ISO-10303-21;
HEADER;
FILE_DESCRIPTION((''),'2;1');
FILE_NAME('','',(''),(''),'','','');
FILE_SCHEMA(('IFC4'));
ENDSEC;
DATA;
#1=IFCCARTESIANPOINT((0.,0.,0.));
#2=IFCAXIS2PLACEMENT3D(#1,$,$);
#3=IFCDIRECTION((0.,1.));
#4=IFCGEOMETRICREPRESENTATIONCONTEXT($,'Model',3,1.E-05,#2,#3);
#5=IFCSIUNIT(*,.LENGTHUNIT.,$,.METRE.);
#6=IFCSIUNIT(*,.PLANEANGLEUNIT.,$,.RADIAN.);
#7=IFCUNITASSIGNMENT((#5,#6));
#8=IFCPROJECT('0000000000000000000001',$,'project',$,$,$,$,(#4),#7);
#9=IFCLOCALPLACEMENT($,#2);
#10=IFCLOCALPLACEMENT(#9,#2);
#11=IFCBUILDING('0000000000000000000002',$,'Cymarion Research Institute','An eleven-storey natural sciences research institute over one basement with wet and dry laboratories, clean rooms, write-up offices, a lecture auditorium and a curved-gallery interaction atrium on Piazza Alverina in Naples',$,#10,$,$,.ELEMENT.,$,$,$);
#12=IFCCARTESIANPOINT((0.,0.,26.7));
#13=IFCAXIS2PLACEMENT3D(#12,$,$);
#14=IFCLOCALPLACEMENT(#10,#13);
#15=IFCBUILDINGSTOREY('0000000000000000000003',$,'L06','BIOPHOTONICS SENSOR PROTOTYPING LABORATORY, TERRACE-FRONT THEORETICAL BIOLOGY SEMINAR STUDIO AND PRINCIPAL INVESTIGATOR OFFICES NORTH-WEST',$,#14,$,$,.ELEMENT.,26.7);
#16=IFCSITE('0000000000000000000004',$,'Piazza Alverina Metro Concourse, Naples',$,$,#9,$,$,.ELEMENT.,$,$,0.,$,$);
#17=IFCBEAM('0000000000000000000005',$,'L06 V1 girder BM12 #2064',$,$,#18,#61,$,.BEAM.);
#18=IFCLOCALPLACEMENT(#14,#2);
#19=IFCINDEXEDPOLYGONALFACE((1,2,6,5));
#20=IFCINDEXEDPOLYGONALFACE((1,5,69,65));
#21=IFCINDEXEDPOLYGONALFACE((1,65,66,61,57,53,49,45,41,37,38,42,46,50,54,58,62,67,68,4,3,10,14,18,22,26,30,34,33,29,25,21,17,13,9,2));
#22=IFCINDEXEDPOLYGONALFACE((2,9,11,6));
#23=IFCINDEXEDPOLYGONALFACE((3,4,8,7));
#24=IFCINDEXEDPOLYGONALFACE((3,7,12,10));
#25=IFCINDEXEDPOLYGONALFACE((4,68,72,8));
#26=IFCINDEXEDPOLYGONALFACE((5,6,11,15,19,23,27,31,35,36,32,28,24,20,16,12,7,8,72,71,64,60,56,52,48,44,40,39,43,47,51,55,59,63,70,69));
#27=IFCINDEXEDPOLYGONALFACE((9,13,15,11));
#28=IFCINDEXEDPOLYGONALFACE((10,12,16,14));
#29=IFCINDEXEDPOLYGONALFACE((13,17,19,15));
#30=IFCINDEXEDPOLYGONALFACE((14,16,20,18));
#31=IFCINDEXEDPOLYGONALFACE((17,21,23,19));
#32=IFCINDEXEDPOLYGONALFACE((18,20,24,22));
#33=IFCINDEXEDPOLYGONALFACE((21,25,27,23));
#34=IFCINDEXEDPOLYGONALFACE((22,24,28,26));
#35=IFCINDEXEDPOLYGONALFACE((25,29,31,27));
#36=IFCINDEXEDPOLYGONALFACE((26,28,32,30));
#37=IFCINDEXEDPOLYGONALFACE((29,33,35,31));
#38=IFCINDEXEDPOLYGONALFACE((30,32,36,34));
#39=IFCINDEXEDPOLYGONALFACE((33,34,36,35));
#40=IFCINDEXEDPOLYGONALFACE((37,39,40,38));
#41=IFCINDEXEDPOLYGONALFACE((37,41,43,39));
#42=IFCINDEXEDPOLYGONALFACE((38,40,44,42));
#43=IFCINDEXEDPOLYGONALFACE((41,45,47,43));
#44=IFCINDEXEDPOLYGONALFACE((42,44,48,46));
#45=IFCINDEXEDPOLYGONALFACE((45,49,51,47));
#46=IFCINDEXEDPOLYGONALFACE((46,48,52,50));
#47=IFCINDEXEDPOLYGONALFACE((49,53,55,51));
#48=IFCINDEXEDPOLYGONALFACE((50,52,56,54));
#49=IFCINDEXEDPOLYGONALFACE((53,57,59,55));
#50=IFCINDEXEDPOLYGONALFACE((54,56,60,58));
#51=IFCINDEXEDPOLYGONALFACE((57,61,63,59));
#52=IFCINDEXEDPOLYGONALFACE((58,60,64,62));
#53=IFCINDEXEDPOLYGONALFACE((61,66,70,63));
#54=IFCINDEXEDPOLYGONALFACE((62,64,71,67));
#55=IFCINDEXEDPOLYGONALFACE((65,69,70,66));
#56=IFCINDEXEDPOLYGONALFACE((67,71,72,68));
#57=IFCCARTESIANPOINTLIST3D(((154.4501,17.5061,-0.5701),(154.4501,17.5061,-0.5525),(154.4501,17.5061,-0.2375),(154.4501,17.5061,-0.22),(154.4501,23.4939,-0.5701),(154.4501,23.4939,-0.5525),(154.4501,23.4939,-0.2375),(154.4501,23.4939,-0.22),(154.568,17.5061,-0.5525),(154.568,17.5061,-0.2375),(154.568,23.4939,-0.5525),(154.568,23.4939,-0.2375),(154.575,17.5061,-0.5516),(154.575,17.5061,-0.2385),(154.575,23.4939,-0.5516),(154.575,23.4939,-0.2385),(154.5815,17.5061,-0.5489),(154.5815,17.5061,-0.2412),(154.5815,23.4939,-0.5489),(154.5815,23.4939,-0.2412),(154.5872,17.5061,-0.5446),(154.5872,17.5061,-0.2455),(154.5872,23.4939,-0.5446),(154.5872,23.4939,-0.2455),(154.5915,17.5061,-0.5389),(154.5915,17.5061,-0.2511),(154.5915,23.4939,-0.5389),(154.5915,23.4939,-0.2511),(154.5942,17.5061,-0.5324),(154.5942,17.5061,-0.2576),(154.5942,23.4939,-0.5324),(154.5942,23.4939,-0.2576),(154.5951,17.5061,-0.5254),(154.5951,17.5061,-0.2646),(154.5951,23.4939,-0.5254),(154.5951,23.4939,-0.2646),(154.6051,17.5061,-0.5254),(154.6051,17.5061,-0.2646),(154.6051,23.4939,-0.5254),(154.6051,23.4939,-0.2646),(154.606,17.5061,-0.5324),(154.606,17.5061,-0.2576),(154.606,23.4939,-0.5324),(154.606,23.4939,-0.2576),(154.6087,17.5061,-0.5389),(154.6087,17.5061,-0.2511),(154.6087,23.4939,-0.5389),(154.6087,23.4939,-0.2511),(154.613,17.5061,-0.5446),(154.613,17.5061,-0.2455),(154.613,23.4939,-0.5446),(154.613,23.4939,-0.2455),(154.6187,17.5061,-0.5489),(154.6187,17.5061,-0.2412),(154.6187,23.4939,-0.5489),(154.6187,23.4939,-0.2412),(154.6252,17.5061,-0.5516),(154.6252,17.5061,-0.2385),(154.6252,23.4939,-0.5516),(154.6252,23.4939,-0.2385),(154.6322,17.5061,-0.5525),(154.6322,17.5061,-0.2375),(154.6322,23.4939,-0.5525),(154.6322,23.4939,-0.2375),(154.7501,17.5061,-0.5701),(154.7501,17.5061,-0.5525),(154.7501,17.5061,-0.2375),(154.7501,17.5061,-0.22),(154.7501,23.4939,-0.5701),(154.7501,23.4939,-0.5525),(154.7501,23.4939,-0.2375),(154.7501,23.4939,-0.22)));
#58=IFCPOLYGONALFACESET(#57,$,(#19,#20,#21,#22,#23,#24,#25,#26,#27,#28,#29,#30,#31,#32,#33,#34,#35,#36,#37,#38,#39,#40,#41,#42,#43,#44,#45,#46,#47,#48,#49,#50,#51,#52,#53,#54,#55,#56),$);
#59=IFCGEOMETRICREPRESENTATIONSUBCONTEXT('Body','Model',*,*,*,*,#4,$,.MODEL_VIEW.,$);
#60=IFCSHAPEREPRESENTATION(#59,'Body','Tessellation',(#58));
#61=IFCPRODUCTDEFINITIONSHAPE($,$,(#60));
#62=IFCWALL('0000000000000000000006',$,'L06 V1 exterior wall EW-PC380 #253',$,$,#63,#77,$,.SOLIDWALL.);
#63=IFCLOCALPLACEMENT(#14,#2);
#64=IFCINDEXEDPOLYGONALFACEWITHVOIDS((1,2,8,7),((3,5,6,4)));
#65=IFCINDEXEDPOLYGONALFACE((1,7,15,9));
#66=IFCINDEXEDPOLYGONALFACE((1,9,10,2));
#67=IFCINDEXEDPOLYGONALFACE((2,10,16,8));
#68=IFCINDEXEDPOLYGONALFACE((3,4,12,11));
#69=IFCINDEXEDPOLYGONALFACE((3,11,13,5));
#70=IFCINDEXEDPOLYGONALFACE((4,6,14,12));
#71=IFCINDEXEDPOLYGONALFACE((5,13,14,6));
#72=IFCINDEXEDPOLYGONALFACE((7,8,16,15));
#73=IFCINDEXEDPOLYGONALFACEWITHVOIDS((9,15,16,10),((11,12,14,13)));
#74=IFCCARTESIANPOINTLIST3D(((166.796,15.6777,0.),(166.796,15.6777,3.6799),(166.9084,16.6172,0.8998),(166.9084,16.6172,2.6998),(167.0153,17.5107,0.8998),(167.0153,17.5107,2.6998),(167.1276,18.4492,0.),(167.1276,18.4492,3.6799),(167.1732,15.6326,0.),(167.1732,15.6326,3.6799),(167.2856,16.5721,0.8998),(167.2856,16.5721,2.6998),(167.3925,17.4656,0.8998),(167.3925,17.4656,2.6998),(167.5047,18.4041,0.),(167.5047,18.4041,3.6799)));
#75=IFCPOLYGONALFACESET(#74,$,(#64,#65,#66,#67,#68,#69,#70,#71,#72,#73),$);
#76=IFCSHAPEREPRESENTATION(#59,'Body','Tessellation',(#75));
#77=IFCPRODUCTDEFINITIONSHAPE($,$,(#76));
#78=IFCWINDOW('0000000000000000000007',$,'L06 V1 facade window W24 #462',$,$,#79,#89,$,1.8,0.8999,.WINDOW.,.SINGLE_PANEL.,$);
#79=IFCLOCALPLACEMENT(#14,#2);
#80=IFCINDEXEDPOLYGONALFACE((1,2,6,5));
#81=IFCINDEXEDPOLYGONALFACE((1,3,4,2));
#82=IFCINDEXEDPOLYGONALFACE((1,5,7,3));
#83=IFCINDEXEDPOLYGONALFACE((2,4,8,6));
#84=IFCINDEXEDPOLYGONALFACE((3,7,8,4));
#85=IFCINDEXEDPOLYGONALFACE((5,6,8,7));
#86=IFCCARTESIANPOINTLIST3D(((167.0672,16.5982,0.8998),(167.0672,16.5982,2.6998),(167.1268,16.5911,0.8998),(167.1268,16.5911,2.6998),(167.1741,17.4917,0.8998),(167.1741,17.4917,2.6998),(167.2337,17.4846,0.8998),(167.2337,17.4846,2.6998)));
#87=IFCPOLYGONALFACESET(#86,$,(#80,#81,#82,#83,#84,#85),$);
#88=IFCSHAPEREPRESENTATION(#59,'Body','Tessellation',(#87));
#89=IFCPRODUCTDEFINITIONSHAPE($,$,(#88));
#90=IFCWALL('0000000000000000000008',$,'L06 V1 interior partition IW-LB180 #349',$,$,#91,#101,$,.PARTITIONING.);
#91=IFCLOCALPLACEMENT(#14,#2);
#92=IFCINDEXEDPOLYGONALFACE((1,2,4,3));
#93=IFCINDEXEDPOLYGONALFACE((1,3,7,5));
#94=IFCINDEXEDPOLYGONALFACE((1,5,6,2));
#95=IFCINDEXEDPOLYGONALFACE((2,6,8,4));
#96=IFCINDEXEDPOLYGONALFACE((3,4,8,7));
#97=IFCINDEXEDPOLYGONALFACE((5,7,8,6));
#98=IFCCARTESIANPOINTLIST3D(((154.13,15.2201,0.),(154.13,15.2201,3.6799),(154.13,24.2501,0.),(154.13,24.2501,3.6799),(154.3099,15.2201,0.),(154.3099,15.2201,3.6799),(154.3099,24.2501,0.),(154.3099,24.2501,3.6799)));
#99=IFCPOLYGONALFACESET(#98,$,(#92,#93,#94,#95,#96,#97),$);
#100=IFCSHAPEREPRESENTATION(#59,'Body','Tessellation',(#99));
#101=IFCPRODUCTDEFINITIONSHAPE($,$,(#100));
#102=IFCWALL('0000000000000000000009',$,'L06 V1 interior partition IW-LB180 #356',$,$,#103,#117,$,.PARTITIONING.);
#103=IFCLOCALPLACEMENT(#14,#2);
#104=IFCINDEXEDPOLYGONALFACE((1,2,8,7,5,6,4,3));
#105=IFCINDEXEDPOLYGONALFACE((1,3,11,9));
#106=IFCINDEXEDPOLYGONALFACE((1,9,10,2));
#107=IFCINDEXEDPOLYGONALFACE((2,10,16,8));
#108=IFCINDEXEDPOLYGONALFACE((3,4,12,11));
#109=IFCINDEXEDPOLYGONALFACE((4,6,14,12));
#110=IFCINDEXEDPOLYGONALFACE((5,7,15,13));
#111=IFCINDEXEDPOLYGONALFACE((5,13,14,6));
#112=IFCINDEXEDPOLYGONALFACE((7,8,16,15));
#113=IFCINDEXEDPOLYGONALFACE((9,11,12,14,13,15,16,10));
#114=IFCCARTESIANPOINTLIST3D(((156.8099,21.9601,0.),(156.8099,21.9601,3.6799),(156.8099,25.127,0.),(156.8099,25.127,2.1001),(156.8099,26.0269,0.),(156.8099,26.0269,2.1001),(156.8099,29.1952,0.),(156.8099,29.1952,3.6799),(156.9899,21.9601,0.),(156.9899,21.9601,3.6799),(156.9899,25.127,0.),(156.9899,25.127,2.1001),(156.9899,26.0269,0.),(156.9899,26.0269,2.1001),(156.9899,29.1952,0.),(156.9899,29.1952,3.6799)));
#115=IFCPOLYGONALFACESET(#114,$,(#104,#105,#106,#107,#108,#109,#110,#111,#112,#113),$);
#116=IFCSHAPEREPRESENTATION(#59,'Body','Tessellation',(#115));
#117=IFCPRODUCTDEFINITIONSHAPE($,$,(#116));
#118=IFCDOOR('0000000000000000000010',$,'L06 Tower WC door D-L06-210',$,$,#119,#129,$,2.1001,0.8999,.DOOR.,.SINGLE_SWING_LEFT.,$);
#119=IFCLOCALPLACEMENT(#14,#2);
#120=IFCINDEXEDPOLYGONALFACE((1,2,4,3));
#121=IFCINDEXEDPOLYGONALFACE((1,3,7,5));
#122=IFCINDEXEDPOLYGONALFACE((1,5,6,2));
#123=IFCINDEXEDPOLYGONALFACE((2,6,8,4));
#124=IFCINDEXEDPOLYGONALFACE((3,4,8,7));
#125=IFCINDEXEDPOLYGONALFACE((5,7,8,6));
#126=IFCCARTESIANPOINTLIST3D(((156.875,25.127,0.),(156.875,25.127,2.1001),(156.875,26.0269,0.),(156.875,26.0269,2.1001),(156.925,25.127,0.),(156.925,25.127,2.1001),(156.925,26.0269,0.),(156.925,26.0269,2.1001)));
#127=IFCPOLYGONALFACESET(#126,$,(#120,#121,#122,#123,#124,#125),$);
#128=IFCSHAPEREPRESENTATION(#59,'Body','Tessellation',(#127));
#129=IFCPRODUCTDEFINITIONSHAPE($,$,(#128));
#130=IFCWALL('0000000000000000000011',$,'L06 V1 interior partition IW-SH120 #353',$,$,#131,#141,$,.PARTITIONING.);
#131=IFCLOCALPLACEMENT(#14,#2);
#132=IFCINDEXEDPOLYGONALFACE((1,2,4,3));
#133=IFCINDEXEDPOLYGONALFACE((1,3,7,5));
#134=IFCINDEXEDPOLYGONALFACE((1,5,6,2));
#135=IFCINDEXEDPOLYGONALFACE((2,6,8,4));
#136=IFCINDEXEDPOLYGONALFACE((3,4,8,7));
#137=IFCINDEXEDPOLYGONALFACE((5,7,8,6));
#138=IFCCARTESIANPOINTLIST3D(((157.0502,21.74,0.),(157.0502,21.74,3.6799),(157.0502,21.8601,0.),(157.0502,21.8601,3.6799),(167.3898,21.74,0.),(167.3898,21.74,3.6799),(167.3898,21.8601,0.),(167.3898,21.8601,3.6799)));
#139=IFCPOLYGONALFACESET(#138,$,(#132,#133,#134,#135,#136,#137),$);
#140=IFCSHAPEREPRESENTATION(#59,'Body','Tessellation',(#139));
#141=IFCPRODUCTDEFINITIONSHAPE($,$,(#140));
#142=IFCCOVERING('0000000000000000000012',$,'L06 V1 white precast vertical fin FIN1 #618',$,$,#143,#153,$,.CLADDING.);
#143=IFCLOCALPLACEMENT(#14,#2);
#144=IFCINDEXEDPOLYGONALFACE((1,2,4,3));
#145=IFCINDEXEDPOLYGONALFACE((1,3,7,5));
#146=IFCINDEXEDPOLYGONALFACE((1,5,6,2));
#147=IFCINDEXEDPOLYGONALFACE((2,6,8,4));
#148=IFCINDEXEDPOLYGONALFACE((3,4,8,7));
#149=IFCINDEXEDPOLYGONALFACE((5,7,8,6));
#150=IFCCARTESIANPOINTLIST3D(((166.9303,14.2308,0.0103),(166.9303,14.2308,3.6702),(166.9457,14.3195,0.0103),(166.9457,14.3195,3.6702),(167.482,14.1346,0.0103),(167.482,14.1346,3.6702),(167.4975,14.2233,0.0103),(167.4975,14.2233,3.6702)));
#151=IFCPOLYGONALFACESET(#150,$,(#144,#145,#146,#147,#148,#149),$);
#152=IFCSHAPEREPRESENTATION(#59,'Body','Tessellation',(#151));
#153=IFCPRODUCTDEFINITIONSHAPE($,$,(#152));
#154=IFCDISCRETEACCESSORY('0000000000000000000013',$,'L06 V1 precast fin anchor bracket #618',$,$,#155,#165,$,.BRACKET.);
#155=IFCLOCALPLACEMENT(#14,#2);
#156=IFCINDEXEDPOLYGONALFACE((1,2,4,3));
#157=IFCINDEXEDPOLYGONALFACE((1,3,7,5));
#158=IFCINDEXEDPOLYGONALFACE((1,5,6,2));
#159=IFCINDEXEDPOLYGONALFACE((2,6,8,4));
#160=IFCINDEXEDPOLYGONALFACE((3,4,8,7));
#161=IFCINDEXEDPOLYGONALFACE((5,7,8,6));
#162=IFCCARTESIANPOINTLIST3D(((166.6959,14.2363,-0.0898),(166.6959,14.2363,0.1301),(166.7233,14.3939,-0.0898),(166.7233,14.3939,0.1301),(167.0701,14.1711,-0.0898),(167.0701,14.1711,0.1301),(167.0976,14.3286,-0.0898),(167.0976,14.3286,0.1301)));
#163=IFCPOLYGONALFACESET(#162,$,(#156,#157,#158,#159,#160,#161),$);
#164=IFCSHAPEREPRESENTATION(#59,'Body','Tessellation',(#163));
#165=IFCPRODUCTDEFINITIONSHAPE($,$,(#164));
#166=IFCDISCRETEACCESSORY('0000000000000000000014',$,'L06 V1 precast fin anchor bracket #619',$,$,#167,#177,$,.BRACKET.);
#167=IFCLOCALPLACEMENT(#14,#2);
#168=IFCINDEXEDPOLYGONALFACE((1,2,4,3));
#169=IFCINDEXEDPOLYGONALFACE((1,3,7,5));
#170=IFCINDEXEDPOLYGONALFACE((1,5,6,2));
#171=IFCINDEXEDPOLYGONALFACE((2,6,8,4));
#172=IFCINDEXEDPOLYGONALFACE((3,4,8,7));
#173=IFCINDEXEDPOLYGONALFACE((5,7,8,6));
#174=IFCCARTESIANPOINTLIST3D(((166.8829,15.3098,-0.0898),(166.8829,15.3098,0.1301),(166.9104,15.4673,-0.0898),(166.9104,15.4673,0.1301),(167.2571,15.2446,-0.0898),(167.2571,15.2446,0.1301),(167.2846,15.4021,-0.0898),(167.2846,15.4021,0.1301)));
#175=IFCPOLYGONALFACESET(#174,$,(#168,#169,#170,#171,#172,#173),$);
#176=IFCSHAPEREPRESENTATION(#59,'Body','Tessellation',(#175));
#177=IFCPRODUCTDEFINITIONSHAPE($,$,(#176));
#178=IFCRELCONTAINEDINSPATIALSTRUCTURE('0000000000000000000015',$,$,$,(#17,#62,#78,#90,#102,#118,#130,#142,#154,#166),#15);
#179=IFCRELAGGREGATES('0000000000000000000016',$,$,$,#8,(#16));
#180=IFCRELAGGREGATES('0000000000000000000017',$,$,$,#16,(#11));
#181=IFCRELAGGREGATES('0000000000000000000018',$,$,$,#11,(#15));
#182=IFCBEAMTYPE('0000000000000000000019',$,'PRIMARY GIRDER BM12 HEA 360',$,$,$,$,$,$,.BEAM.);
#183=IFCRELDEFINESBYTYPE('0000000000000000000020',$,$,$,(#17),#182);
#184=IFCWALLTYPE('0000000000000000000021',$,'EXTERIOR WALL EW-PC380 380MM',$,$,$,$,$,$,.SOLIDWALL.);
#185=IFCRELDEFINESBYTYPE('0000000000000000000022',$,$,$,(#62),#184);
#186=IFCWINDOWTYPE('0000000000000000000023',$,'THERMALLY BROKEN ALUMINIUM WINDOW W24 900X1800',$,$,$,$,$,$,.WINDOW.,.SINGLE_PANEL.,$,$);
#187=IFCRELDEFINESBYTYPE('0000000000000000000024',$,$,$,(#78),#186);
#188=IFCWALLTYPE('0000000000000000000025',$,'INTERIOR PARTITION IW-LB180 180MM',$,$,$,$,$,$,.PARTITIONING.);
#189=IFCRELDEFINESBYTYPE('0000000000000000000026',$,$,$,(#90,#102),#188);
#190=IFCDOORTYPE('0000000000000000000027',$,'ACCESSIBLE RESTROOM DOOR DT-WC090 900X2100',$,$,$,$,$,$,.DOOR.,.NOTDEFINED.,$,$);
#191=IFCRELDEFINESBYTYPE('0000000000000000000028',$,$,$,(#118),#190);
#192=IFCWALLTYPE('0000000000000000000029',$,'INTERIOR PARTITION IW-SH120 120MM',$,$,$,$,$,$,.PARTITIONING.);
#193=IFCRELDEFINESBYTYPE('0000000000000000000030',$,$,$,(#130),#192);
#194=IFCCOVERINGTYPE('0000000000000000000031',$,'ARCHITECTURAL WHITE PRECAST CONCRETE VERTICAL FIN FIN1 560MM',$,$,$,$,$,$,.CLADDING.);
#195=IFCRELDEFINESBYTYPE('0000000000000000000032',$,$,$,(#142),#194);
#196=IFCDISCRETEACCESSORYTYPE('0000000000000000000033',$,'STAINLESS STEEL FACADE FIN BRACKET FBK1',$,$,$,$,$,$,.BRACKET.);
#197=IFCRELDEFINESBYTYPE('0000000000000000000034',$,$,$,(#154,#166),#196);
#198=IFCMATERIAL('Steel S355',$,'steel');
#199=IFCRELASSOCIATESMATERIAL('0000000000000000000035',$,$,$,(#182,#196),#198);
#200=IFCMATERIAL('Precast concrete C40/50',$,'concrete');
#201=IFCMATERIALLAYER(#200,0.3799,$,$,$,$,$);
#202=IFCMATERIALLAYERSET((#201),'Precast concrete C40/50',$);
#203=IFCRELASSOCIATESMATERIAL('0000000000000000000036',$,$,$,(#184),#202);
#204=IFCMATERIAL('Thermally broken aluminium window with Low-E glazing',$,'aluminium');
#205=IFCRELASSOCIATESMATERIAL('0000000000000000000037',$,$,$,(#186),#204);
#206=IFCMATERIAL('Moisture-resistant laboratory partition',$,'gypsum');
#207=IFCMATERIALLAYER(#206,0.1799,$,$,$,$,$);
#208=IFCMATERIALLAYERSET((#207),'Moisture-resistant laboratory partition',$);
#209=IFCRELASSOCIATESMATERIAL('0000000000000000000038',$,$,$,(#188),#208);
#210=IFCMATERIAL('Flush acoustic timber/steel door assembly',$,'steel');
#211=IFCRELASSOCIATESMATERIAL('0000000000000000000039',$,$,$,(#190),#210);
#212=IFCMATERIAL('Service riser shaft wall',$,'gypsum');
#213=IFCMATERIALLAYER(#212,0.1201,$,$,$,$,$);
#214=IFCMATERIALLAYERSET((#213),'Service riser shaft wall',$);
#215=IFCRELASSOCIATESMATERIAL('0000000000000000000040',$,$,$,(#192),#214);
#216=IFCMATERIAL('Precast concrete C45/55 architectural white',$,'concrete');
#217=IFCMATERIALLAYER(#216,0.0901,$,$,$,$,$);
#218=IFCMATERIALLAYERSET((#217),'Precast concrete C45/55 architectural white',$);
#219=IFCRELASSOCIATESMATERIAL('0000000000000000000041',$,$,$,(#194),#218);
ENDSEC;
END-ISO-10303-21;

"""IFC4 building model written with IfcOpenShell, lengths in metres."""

from ifc_helpers import new_model, si_unit, direction, frame, frame_2d, origin, origin_2d, place, context, subcontext, project, spatial, rectangle, i_section, extrude, material, layer, layer_set, material_profile, profile_set, type_object, element, fill, save


model = new_model("IFC4")

# Units and contexts
model_context = context("Model", 3, precision=1e-05, world=origin(), true_north=direction((0.0, 1.0)))
body_context = subcontext(model_context, "Body", "Model", "MODEL_VIEW")
ifc_project = project(units=[si_unit("LENGTHUNIT", "METRE"), si_unit("PLANEANGLEUNIT", "RADIAN")], contexts=[model_context])

# Site, building, storey
site_placement = place(None, origin())
site = spatial("IfcSite", under=ifc_project, at=site_placement, Name="Piazza Alverina Metro Concourse, Naples", CompositionType="ELEMENT", RefElevation=0.0)
building_placement = place(site_placement, origin())
building = spatial("IfcBuilding", under=site, at=building_placement, Name="Cymarion Research Institute", Description="An eleven-storey natural sciences research institute over one basement with wet and dry laboratories, clean rooms, write-up offices, a lecture auditorium and a curved-gallery interaction atrium on Piazza Alverina in Naples", CompositionType="ELEMENT")
storey_placement = place(building_placement, frame((0.0, 0.0, 26.7)))
storey = spatial("IfcBuildingStorey", under=building, at=storey_placement, Name="L06", Description="BIOPHOTONICS SENSOR PROTOTYPING LABORATORY, TERRACE-FRONT THEORETICAL BIOLOGY SEMINAR STUDIO AND PRINCIPAL INVESTIGATOR OFFICES NORTH-WEST", CompositionType="ELEMENT", Elevation=26.7)

# Shared definitions
ifc_material_1 = material(Name="Steel S355", Category="steel")

# Beam
ifc_material_profile_1 = material_profile(ifc_material_1, i_section(OverallWidth=0.3, OverallDepth=0.3501, WebThickness=0.01, FlangeThickness=0.0176, FilletRadius=0.0271, at=origin_2d()), Name="HEA 360")
ifc_profile_set_1 = profile_set([ifc_material_profile_1], Name="Steel S355")
beam_type_1 = type_object("IfcBeamType", Name="PRIMARY GIRDER BM12 HEA 360", PredefinedType="BEAM", material=ifc_profile_set_1)
beam_1_placement = place(storey_placement, frame((154.6001, 17.5061, -0.395), z_axis=(0.0, 1.0, 0.0), x_axis=(-1.0, 0.0, 0.0)))
element("IfcBeam", 1, at=beam_1_placement, inside=storey, type_object=beam_type_1, Name="L06 V1 girder BM12 #2064", PredefinedType="BEAM", context=body_context, shape_type="SweptSolid", body=[
    extrude(i_section(OverallWidth=0.3, OverallDepth=0.3501, WebThickness=0.01, FlangeThickness=0.0176, FilletRadius=0.0271, at=origin_2d()), origin(), (0.0, 0.0, 1.0), 5.9878),
])

# Wall, opening, window
ifc_material_2 = material(Name="Precast concrete C40/50", Category="concrete")
ifc_layer_1 = layer(ifc_material_2, 0.3799)
ifc_layer_set_1 = layer_set([ifc_layer_1], Name="Precast concrete C40/50")
wall_type_1 = type_object("IfcWallType", Name="EXTERIOR WALL EW-PC380 380MM", PredefinedType="SOLIDWALL", material=ifc_layer_set_1)
wall_1_placement = place(storey_placement, frame((166.9846, 15.6553, 0.0), z_axis=(0.0, 0.0, 1.0), x_axis=(0.11878, 0.992921, 0.0)))
wall_1 = element("IfcWall", 2, at=wall_1_placement, inside=storey, type_object=wall_type_1, Name="L06 V1 exterior wall EW-PC380 #253", PredefinedType="SOLIDWALL", context=body_context, shape_type="SweptSolid", body=[
    extrude(rectangle(XDim=2.7913, YDim=0.3799, at=frame_2d((1.3955, 0.0))), origin(), (0.0, 0.0, 1.0), 3.6799),
])
opening_1_placement = place(wall_1_placement, frame((0.946, 0.0, 0.8999)))
opening_1 = element("IfcOpeningElement", 3, at=opening_1_placement, cuts=wall_1, PredefinedType="OPENING", context=body_context, shape_type="SweptSolid", body=[
    extrude(rectangle(XDim=0.8999, YDim=1.8, at=frame_2d((0.45, 0.8999))), frame((0.0, 0.2, 0.0), z_axis=(0.0, -1.0, 0.0), x_axis=(1.0, 0.0, 0.0)), (0.0, 0.0, 1.0), 0.3999),
])
ifc_material_3 = material(Name="Thermally broken aluminium window with Low-E glazing", Category="aluminium")
window_type = type_object("IfcWindowType", Name="THERMALLY BROKEN ALUMINIUM WINDOW W24 900X1800", PartitioningType="SINGLE_PANEL", PredefinedType="WINDOW", material=ifc_material_3)
window_placement = place(opening_1_placement, origin())
window = element("IfcWindow", 4, at=window_placement, inside=storey, type_object=window_type, Name="L06 V1 facade window W24 #462", OverallHeight=1.8, OverallWidth=0.8999, PartitioningType="SINGLE_PANEL", PredefinedType="WINDOW", context=body_context, shape_type="SweptSolid", body=[
    extrude(rectangle(XDim=0.8999, YDim=1.8, at=frame_2d((0.45, 0.8999))), frame((0.0, 0.03, 0.0), z_axis=(0.0, -1.0, 0.0), x_axis=(1.0, 0.0, 0.0)), (0.0, 0.0, 1.0), 0.0601),
])
fill(opening_1, window)

# Wall
ifc_material_4 = material(Name="Moisture-resistant laboratory partition", Category="gypsum")
ifc_layer_2 = layer(ifc_material_4, 0.1799)
ifc_layer_set_2 = layer_set([ifc_layer_2], Name="Moisture-resistant laboratory partition")
wall_type_2 = type_object("IfcWallType", Name="INTERIOR PARTITION IW-LB180 180MM", PredefinedType="PARTITIONING", material=ifc_layer_set_2)
wall_2_placement = place(storey_placement, frame((154.22, 15.22, 0.0), z_axis=(0.0, 0.0, 1.0), x_axis=(0.0, 1.0, 0.0)))
element("IfcWall", 5, at=wall_2_placement, inside=storey, type_object=wall_type_2, Name="L06 V1 interior partition IW-LB180 #349", PredefinedType="PARTITIONING", context=body_context, shape_type="SweptSolid", body=[
    extrude(rectangle(XDim=9.03, YDim=0.1799, at=frame_2d((4.5151, 0.0))), origin(), (0.0, 0.0, 1.0), 3.6799),
])

# Wall, opening, door
wall_3_placement = place(storey_placement, frame((156.8999, 21.96, 0.0), z_axis=(0.0, 0.0, 1.0), x_axis=(0.0, 1.0, 0.0)))
wall_3 = element("IfcWall", 6, at=wall_3_placement, inside=storey, type_object=wall_type_2, Name="L06 V1 interior partition IW-LB180 #356", PredefinedType="PARTITIONING", context=body_context, shape_type="SweptSolid", body=[
    extrude(rectangle(XDim=7.2351, YDim=0.1799, at=frame_2d((3.6177, 0.0))), origin(), (0.0, 0.0, 1.0), 3.6799),
])
opening_2_placement = place(wall_3_placement, frame((3.167, 0.0, 0.0)))
opening_2 = element("IfcOpeningElement", 7, at=opening_2_placement, cuts=wall_3, PredefinedType="OPENING", context=body_context, shape_type="SweptSolid", body=[
    extrude(rectangle(XDim=0.8999, YDim=2.1001, at=frame_2d((0.45, 1.05))), frame((0.0, 0.0999, 0.0), z_axis=(0.0, -1.0, 0.0), x_axis=(1.0, 0.0, 0.0)), (0.0, 0.0, 1.0), 0.2),
])
ifc_material_5 = material(Name="Flush acoustic timber/steel door assembly", Category="steel")
door_type = type_object("IfcDoorType", Name="ACCESSIBLE RESTROOM DOOR DT-WC090 900X2100", OperationType="NOTDEFINED", PredefinedType="DOOR", material=ifc_material_5)
door_placement = place(opening_2_placement, origin())
door = element("IfcDoor", 8, at=door_placement, inside=storey, type_object=door_type, Name="L06 Tower WC door D-L06-210", OperationType="SINGLE_SWING_LEFT", OverallHeight=2.1001, OverallWidth=0.8999, PredefinedType="DOOR", context=body_context, shape_type="SweptSolid", body=[
    extrude(rectangle(XDim=0.8999, YDim=2.1001, at=frame_2d((0.45, 1.05))), frame((0.0, 0.0249, 0.0), z_axis=(0.0, -1.0, 0.0), x_axis=(1.0, 0.0, 0.0)), (0.0, 0.0, 1.0), 0.05),
])
fill(opening_2, door)

# Wall
ifc_material_6 = material(Name="Service riser shaft wall", Category="gypsum")
ifc_layer_3 = layer(ifc_material_6, 0.1201)
ifc_layer_set_3 = layer_set([ifc_layer_3], Name="Service riser shaft wall")
wall_type_3 = type_object("IfcWallType", Name="INTERIOR PARTITION IW-SH120 120MM", PredefinedType="PARTITIONING", material=ifc_layer_set_3)
wall_4_placement = place(storey_placement, frame((157.05, 21.8, 0.0), z_axis=(0.0, 0.0, 1.0), x_axis=(1.0, 0.0, 0.0)))
element("IfcWall", 9, at=wall_4_placement, inside=storey, type_object=wall_type_3, Name="L06 V1 interior partition IW-SH120 #353", PredefinedType="PARTITIONING", context=body_context, shape_type="SweptSolid", body=[
    extrude(rectangle(XDim=10.3396, YDim=0.1201, at=frame_2d((5.1699, 0.0))), origin(), (0.0, 0.0, 1.0), 3.6799),
])

# Covering
ifc_material_7 = material(Name="Precast concrete C45/55 architectural white", Category="concrete")
ifc_layer_4 = layer(ifc_material_7, 0.0901)
ifc_layer_set_4 = layer_set([ifc_layer_4], Name="Precast concrete C45/55 architectural white")
covering_type = type_object("IfcCoveringType", Name="ARCHITECTURAL WHITE PRECAST CONCRETE VERTICAL FIN FIN1 560MM", PredefinedType="CLADDING", material=ifc_layer_set_4)
covering_placement = place(storey_placement, frame((167.2139, 14.2271, 0.0103), z_axis=(0.0, 0.0, 1.0), x_axis=(0.985139, -0.171757, 0.0)))
element("IfcCovering", 10, at=covering_placement, inside=storey, type_object=covering_type, Name="L06 V1 white precast vertical fin FIN1 #618", PredefinedType="CLADDING", context=body_context, shape_type="SweptSolid", body=[
    extrude(rectangle(XDim=0.5601, YDim=0.0901, at=origin_2d()), origin(), (0.0, 0.0, 1.0), 3.6599),
])

# Discrete accessories
discrete_accessory_type = type_object("IfcDiscreteAccessoryType", Name="STAINLESS STEEL FACADE FIN BRACKET FBK1", PredefinedType="BRACKET", material=ifc_material_1)
for number, where, z_axis, x_axis, name in (
    (11, (166.8967, 14.2825, -0.0898), (0.0, 0.0, 1.0), (0.985139, -0.171757, 0.0), "L06 V1 precast fin anchor bracket #618"),
    (12, (167.0837, 15.356, -0.0898), (0.0, 0.0, 1.0), (0.985139, -0.171757, 0.0), "L06 V1 precast fin anchor bracket #619"),
):
    element("IfcDiscreteAccessory", number, at=place(storey_placement, frame(where, z_axis=z_axis, x_axis=x_axis)), inside=storey, type_object=discrete_accessory_type, Name=name, PredefinedType="BRACKET", context=body_context, shape_type="SweptSolid", body=[
        extrude(rectangle(XDim=0.3799, YDim=0.1599, at=origin_2d()), origin(), (0.0, 0.0, 1.0), 0.22),
    ])

save(model, "model.ifc")
